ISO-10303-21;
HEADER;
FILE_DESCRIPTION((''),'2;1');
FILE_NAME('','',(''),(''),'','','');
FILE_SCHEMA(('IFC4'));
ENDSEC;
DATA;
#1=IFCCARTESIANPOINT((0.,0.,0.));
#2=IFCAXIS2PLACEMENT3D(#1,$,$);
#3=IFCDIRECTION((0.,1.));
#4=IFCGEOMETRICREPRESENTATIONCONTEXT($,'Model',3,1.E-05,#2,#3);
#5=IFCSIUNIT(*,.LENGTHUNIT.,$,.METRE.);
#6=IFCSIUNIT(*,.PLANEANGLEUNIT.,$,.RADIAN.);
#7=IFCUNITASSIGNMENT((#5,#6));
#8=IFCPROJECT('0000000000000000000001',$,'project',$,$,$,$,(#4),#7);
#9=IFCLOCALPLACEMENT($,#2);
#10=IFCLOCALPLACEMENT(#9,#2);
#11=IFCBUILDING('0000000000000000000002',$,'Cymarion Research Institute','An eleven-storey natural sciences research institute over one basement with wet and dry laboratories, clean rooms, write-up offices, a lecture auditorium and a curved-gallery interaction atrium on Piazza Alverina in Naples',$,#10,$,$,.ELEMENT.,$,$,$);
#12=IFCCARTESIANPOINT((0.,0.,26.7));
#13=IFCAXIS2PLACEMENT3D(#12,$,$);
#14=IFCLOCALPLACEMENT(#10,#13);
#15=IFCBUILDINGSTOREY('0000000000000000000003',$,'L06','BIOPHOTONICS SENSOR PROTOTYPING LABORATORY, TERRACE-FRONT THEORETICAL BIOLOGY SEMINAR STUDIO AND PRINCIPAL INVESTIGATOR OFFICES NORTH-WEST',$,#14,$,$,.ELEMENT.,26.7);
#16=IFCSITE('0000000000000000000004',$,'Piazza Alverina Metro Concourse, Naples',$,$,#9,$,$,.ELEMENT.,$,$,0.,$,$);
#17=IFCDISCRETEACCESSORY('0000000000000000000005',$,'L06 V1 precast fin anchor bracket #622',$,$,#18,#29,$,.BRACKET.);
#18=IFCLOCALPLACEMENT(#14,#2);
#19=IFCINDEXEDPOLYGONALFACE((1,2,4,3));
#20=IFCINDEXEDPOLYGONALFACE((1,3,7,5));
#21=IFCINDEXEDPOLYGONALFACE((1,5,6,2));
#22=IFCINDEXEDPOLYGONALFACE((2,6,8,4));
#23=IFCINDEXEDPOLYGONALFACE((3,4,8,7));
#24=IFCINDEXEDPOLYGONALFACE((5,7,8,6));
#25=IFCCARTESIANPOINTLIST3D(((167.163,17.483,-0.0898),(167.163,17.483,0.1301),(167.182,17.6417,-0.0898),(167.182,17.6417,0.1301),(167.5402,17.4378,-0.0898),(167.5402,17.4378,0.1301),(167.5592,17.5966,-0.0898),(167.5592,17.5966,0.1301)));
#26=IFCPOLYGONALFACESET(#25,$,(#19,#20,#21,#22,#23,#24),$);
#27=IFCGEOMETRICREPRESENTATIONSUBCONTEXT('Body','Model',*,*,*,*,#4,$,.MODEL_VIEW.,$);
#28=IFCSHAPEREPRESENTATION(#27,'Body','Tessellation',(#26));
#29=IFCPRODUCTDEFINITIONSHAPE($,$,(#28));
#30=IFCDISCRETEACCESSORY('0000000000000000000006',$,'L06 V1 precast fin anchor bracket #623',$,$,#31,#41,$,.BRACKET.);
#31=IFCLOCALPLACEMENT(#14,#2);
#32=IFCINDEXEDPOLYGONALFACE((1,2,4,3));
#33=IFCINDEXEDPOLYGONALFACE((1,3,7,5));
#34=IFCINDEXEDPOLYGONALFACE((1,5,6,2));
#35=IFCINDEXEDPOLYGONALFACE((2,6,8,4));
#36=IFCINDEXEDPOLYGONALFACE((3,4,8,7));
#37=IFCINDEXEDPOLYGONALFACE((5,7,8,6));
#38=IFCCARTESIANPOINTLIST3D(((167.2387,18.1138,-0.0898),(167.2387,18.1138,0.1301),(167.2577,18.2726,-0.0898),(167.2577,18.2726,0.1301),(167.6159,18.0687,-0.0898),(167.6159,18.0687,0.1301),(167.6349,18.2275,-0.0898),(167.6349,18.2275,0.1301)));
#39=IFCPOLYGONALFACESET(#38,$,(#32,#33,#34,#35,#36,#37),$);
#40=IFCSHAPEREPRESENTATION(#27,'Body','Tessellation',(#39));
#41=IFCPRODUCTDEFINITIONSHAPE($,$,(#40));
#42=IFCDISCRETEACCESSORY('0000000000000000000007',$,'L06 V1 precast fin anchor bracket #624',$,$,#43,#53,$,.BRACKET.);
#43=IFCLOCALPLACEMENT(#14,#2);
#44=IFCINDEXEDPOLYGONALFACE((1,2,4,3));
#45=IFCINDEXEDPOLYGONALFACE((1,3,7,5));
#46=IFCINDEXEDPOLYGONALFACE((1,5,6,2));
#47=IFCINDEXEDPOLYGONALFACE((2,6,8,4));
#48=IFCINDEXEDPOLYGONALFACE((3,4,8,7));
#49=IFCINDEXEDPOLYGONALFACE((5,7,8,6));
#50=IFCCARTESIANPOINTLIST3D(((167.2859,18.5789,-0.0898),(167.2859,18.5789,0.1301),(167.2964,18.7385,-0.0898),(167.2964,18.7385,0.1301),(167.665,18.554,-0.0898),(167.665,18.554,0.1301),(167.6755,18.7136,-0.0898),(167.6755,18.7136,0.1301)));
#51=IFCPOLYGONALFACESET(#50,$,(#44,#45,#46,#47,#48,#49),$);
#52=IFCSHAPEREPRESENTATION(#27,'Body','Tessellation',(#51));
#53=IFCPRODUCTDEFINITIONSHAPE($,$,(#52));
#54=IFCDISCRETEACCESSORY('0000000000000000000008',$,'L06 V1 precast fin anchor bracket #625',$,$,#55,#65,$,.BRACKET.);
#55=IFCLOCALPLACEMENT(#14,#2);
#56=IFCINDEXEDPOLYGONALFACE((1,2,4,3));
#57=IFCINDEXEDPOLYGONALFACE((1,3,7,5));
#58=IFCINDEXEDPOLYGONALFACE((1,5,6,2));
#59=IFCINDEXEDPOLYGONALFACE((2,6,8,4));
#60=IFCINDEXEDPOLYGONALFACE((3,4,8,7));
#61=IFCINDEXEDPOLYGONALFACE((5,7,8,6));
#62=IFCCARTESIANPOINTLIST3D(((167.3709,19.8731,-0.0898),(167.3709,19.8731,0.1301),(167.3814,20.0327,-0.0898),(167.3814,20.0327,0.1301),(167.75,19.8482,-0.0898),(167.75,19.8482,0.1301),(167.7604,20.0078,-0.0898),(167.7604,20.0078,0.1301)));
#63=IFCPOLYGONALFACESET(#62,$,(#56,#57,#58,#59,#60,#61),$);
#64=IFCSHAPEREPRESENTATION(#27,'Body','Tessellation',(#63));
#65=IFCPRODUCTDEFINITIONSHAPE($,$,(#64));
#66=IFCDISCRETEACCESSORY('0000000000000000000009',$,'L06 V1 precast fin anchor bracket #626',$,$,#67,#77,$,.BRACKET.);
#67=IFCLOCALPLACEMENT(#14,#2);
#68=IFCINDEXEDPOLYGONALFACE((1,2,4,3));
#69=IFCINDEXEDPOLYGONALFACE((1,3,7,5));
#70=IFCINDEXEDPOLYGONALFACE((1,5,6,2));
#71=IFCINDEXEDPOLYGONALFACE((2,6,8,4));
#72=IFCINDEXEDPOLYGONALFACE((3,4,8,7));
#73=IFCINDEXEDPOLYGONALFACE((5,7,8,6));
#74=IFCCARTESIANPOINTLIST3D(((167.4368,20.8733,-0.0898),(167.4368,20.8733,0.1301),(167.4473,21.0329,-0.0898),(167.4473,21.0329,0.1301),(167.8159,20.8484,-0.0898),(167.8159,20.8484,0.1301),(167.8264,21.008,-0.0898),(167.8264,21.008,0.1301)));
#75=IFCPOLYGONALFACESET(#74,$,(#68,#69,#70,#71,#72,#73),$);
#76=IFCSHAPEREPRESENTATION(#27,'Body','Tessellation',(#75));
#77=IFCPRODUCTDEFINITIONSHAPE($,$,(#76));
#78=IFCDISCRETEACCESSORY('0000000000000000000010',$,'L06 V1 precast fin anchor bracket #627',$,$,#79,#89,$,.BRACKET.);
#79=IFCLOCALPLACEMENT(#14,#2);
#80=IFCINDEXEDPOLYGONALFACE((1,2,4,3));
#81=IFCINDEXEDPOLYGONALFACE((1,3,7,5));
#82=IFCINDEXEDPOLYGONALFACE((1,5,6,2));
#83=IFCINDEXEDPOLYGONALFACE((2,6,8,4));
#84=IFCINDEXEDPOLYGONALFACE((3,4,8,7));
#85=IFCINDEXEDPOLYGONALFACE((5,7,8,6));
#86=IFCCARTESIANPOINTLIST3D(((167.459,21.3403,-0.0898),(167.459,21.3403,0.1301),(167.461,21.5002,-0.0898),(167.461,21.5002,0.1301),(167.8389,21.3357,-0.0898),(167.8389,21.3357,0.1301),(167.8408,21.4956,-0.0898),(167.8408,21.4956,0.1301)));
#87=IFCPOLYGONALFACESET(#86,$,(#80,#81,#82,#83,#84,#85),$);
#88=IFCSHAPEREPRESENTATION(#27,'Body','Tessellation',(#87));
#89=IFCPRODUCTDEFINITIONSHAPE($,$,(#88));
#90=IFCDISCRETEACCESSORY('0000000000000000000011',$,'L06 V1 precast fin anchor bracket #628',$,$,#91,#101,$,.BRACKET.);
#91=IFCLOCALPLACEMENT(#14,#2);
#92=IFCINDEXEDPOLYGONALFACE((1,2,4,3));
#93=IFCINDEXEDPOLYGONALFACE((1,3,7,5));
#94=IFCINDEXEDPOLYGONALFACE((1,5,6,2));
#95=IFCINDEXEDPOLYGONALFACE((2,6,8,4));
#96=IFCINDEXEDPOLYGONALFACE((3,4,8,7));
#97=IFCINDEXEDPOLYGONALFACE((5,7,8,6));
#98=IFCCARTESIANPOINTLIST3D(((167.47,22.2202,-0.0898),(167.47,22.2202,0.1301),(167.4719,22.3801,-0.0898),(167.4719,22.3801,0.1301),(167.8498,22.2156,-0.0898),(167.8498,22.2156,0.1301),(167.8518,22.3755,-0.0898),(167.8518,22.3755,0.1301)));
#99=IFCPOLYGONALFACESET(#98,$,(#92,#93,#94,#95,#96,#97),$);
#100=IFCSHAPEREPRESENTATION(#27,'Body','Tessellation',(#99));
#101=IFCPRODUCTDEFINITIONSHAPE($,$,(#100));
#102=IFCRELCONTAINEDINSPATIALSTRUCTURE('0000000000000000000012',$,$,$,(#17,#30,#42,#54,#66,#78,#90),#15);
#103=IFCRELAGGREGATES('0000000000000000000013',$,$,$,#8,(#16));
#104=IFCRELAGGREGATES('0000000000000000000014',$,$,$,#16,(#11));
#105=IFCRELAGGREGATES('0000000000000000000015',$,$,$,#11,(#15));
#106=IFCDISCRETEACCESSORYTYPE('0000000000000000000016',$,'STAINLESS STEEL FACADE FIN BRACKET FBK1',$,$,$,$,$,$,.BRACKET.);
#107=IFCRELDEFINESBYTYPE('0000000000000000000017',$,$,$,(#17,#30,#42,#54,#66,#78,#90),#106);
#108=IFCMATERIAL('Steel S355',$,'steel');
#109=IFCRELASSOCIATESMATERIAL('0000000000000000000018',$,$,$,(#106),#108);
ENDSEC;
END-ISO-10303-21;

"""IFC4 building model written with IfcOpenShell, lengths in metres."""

from ifc_helpers import new_model, si_unit, direction, frame, origin, origin_2d, place, context, subcontext, project, spatial, rectangle, extrude, material, type_object, element, save


model = new_model("IFC4")

# Units and contexts
model_context = context("Model", 3, precision=1e-05, world=origin(), true_north=direction((0.0, 1.0)))
body_context = subcontext(model_context, "Body", "Model", "MODEL_VIEW")
ifc_project = project(units=[si_unit("LENGTHUNIT", "METRE"), si_unit("PLANEANGLEUNIT", "RADIAN")], contexts=[model_context])

# Site, building, storey
site_placement = place(None, origin())
site = spatial("IfcSite", under=ifc_project, at=site_placement, Name="Piazza Alverina Metro Concourse, Naples", CompositionType="ELEMENT", RefElevation=0.0)
building_placement = place(site_placement, origin())
building = spatial("IfcBuilding", under=site, at=building_placement, Name="Cymarion Research Institute", Description="An eleven-storey natural sciences research institute over one basement with wet and dry laboratories, clean rooms, write-up offices, a lecture auditorium and a curved-gallery interaction atrium on Piazza Alverina in Naples", CompositionType="ELEMENT")
storey_placement = place(building_placement, frame((0.0, 0.0, 26.7)))
storey = spatial("IfcBuildingStorey", under=building, at=storey_placement, Name="L06", Description="BIOPHOTONICS SENSOR PROTOTYPING LABORATORY, TERRACE-FRONT THEORETICAL BIOLOGY SEMINAR STUDIO AND PRINCIPAL INVESTIGATOR OFFICES NORTH-WEST", CompositionType="ELEMENT", Elevation=26.7)

# Discrete accessories
ifc_material_1 = material(Name="Steel S355", Category="steel")
discrete_accessory_type = type_object("IfcDiscreteAccessoryType", Name="STAINLESS STEEL FACADE FIN BRACKET FBK1", PredefinedType="BRACKET", material=ifc_material_1)
for number, where, z_axis, x_axis, name in (
    (1, (167.3611, 17.5398, -0.0898), (0.0, 0.0, 1.0), (0.992924, -0.118751, 0.0), "L06 V1 precast fin anchor bracket #622"),
    (2, (167.4368, 18.1707, -0.0898), (0.0, 0.0, 1.0), (0.992924, -0.118751, 0.0), "L06 V1 precast fin anchor bracket #623"),
    (3, (167.4807, 18.6462, -0.0898), (0.0, 0.0, 1.0), (0.997847, -0.065577, 0.0), "L06 V1 precast fin anchor bracket #624"),
    (4, (167.5657, 19.9404, -0.0898), (0.0, 0.0, 1.0), (0.997847, -0.065577, 0.0), "L06 V1 precast fin anchor bracket #625"),
    (5, (167.6316, 20.9407, -0.0898), (0.0, 0.0, 1.0), (0.997847, -0.065577, 0.0), "L06 V1 precast fin anchor bracket #626"),
    (6, (167.6499, 21.418, -0.0898), (0.0, 0.0, 1.0), (0.999925, -0.012217, 0.0), "L06 V1 precast fin anchor bracket #627"),
    (7, (167.6609, 22.2979, -0.0898), (0.0, 0.0, 1.0), (0.999925, -0.012217, 0.0), "L06 V1 precast fin anchor bracket #628"),
):
    element("IfcDiscreteAccessory", number, at=place(storey_placement, frame(where, z_axis=z_axis, x_axis=x_axis)), inside=storey, type_object=discrete_accessory_type, Name=name, PredefinedType="BRACKET", context=body_context, shape_type="SweptSolid", body=[
        extrude(rectangle(XDim=0.3799, YDim=0.1599, at=origin_2d()), origin(), (0.0, 0.0, 1.0), 0.22),
    ])

save(model, "model.ifc")
